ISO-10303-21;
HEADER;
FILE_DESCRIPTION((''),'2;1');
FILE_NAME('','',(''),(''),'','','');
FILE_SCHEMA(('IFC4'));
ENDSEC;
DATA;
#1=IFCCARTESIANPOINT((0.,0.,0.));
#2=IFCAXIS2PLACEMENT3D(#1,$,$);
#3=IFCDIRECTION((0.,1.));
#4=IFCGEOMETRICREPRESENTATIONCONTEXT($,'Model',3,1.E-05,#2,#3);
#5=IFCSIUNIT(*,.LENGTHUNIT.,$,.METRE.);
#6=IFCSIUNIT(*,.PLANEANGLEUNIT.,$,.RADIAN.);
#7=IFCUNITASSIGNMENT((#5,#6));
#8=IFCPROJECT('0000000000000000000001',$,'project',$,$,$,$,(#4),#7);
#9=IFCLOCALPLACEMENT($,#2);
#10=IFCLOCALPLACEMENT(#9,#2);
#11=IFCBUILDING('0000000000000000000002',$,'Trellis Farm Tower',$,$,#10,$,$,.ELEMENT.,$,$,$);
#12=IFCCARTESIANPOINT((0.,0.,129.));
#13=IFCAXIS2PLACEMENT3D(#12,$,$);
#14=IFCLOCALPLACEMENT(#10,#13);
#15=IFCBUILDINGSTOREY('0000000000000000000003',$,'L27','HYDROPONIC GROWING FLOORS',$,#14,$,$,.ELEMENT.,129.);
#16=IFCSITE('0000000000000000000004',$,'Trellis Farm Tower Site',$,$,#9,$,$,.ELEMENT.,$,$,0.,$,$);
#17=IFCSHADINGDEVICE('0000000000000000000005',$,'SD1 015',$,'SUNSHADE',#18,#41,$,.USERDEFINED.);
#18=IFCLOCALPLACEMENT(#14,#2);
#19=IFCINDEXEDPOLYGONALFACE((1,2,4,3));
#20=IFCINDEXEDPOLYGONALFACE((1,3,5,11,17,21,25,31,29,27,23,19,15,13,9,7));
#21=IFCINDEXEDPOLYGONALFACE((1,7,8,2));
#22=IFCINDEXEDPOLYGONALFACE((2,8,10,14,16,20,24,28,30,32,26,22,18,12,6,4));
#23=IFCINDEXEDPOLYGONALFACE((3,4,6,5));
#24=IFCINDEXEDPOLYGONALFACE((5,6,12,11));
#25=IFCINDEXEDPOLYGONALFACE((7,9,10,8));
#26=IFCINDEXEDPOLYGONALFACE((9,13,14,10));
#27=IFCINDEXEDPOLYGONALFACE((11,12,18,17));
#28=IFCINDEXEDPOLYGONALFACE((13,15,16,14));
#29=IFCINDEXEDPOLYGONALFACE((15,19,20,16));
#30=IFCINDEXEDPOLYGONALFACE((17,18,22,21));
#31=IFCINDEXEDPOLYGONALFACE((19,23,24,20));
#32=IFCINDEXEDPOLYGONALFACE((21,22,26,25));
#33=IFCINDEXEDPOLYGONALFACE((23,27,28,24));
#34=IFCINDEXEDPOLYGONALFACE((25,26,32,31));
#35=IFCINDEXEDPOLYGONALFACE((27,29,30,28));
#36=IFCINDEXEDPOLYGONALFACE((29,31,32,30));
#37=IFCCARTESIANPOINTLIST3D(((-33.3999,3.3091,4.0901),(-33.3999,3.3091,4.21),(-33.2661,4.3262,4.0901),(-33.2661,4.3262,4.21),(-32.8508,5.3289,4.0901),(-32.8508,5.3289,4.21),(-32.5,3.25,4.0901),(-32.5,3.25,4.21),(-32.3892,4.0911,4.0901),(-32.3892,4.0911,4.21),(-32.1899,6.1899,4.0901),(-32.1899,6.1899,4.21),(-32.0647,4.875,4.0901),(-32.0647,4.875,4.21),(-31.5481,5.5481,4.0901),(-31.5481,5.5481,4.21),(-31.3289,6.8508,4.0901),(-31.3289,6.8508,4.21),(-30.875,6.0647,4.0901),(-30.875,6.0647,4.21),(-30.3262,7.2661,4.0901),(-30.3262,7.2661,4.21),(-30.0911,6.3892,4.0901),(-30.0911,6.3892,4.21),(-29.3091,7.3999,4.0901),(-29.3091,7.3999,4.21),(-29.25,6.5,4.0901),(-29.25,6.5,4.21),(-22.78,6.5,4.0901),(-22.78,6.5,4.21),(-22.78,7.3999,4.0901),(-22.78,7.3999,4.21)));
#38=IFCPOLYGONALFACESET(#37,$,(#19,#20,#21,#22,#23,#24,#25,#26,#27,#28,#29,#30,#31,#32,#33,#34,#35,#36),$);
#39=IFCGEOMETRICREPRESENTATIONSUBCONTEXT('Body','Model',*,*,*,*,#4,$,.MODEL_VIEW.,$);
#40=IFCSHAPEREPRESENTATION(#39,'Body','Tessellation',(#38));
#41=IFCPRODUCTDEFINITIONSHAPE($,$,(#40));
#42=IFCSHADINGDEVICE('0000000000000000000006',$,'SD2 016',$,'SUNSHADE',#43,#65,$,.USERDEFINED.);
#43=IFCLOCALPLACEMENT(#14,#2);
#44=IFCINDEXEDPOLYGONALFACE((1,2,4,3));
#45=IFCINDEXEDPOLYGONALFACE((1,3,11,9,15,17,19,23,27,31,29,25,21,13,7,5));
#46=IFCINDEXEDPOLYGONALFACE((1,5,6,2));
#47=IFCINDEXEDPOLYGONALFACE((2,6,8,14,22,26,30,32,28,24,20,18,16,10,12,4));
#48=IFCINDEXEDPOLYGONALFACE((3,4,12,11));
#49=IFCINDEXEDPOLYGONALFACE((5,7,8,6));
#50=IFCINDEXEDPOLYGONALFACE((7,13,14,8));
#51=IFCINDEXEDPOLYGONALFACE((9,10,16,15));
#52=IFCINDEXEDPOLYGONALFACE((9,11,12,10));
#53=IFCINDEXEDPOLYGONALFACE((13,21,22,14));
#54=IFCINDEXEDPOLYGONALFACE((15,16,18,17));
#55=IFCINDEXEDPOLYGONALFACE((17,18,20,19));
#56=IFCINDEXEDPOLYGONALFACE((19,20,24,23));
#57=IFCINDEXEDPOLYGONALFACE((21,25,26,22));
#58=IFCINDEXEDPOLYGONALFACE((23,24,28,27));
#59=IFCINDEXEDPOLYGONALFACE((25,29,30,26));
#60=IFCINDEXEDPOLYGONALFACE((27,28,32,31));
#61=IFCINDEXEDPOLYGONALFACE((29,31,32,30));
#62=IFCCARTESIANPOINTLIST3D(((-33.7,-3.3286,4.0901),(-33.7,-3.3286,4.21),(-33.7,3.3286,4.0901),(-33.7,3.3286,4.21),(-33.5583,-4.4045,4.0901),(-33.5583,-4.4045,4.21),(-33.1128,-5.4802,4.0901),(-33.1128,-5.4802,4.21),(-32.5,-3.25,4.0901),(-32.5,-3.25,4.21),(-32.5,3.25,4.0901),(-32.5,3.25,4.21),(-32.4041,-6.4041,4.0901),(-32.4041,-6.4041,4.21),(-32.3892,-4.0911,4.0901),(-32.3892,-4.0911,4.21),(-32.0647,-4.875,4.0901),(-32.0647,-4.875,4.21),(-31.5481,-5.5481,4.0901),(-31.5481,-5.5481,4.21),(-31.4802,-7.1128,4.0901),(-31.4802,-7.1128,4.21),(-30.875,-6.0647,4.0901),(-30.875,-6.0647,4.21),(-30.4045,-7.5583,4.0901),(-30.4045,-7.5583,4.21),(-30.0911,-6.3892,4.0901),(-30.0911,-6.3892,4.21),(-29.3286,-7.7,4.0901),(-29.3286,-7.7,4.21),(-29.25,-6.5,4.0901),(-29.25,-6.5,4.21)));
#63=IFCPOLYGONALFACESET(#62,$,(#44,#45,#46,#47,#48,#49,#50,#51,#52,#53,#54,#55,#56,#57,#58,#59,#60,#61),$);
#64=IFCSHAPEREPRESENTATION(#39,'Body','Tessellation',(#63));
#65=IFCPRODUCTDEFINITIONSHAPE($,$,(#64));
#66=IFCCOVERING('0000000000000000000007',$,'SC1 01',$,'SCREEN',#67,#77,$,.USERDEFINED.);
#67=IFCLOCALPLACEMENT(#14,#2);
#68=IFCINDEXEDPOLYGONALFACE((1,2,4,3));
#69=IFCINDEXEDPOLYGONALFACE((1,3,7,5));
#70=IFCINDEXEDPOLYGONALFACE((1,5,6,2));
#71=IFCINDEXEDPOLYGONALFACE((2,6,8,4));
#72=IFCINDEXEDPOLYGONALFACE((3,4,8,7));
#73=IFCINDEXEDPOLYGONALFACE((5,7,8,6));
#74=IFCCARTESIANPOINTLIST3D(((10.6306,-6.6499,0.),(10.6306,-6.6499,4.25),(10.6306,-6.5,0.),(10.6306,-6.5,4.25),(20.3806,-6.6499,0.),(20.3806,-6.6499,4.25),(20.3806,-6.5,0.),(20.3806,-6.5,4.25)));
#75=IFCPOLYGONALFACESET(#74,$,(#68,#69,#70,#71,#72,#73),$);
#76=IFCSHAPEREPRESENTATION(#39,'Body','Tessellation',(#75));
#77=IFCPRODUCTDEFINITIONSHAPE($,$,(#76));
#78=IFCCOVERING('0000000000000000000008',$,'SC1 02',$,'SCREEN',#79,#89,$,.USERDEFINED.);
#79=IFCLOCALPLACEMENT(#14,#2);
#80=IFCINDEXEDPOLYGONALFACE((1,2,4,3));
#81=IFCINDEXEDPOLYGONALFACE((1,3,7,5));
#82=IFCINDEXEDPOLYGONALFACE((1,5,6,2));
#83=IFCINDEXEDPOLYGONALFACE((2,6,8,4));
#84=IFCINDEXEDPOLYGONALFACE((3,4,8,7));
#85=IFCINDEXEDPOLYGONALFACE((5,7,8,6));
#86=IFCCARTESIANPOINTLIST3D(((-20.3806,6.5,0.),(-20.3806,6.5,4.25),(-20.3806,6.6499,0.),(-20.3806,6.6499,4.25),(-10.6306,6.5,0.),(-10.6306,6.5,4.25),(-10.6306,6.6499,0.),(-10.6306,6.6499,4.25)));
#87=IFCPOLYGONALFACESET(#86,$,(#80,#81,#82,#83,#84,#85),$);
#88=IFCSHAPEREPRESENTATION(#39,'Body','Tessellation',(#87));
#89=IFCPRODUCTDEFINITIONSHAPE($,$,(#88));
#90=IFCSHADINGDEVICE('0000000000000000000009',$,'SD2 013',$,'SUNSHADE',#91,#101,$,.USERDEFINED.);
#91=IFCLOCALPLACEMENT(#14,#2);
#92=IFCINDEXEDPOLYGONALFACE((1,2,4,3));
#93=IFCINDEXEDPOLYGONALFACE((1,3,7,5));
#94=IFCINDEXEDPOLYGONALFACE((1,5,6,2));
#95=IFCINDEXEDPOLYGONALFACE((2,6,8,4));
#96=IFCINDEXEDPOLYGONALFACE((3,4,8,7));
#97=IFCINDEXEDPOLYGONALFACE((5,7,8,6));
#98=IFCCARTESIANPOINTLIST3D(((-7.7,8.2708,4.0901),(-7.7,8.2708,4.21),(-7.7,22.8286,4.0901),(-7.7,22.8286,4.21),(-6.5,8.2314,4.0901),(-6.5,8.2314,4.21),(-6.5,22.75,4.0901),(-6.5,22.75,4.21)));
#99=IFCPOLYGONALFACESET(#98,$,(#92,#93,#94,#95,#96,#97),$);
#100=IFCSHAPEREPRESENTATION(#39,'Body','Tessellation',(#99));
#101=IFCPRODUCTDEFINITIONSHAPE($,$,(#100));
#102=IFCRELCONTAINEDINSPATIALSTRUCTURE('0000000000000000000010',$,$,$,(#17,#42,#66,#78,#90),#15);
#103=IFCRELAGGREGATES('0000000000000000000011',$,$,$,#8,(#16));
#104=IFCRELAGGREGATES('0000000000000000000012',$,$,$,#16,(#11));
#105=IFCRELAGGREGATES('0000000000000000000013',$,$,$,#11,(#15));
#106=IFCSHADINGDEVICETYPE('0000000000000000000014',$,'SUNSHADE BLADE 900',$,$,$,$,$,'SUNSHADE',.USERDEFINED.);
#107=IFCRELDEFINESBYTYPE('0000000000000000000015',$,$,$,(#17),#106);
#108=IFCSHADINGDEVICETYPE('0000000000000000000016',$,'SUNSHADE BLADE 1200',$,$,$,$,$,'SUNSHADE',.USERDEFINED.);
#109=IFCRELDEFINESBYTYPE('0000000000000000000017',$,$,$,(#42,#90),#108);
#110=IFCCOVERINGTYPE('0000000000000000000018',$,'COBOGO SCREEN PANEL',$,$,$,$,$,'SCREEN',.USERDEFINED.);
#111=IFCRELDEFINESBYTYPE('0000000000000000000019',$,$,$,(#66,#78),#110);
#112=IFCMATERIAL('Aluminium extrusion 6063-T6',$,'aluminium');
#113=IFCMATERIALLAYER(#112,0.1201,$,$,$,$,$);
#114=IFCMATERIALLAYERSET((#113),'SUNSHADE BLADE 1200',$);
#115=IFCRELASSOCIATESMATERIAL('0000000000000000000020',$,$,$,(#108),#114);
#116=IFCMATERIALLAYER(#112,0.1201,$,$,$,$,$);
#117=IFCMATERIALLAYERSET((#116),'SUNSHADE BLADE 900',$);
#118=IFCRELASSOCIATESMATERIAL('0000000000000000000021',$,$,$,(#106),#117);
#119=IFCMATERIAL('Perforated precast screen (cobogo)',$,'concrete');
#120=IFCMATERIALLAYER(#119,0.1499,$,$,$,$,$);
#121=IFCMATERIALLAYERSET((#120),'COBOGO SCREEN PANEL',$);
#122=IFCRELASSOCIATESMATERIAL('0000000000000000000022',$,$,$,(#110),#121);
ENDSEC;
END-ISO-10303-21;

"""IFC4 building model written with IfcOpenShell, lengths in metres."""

from ifc_helpers import new_model, si_unit, direction, frame, origin, place, context, subcontext, project, spatial, polyline, outline, extrude, source, transform, mapped, material, layer, layer_set, type_object, element, save


model = new_model("IFC4")

# Units and contexts
model_context = context("Model", 3, precision=1e-05, world=origin(), true_north=direction((0.0, 1.0)))
body_context = subcontext(model_context, "Body", "Model", "MODEL_VIEW")
ifc_project = project(units=[si_unit("LENGTHUNIT", "METRE"), si_unit("PLANEANGLEUNIT", "RADIAN")], contexts=[model_context])

# Site, building, storey
site_placement = place(None, origin())
site = spatial("IfcSite", under=ifc_project, at=site_placement, Name="Trellis Farm Tower Site", CompositionType="ELEMENT", RefElevation=0.0)
building_placement = place(site_placement, origin())
building = spatial("IfcBuilding", under=site, at=building_placement, Name="Trellis Farm Tower", CompositionType="ELEMENT")
storey_placement = place(building_placement, frame((0.0, 0.0, 129.0)))
storey = spatial("IfcBuildingStorey", under=building, at=storey_placement, Name="L27", Description="HYDROPONIC GROWING FLOORS", CompositionType="ELEMENT", Elevation=129.0)

# Shared definitions
placement_1 = place(storey_placement, origin())
ifc_material_1 = material(Name="Aluminium extrusion 6063-T6", Category="aluminium")

# Shading devices
ifc_layer_1 = layer(ifc_material_1, 0.1201)
ifc_layer_set_1 = layer_set([ifc_layer_1], Name="SUNSHADE BLADE 1200")
shading_device_type_1 = type_object("IfcShadingDeviceType", Name="SUNSHADE BLADE 1200", ElementType="SUNSHADE", PredefinedType="USERDEFINED", material=ifc_layer_set_1)
placement_2 = place(storey_placement, frame((0.0, 0.0, 4.0901)))
ifc_layer_2 = layer(ifc_material_1, 0.1201)
ifc_layer_set_2 = layer_set([ifc_layer_2], Name="SUNSHADE BLADE 900")
shading_device_type_2 = type_object("IfcShadingDeviceType", Name="SUNSHADE BLADE 900", ElementType="SUNSHADE", PredefinedType="USERDEFINED", material=ifc_layer_set_2)
shared_shape_1 = source(origin(), body_context, "Body", "SweptSolid", [
    extrude(outline(polyline([(-22.78, 7.3999), (-29.3091, 7.3999), (-30.3262, 7.2661), (-31.3289, 6.8508), (-32.1899, 6.1899), (-32.8508, 5.3289), (-33.2661, 4.3262), (-33.3999, 3.3091), (-32.5, 3.25), (-32.3892, 4.0911), (-32.0647, 4.875), (-31.5481, 5.5481), (-30.875, 6.0647), (-30.0911, 6.3892), (-29.25, 6.5), (-22.78, 6.5), (-22.78, 7.3999)])), origin(), (0.0, 0.0, 1.0), 0.1199),
])
element("IfcShadingDevice", 1, at=placement_2, inside=storey, type_object=shading_device_type_2, Name="SD1 015", ObjectType="SUNSHADE", PredefinedType="USERDEFINED", context=body_context, shape_type="MappedRepresentation", body=[
    mapped(shared_shape_1, transform((0.0, 0.0, 0.0))),
])
shared_shape_2 = source(origin(), body_context, "Body", "SweptSolid", [
    extrude(outline(polyline([(-33.7, 3.3286), (-33.7, -3.3286), (-33.5583, -4.4045), (-33.1128, -5.4802), (-32.4041, -6.4041), (-31.4802, -7.1128), (-30.4045, -7.5583), (-29.3286, -7.7), (-29.25, -6.5), (-30.0911, -6.3892), (-30.875, -6.0647), (-31.5481, -5.5481), (-32.0647, -4.875), (-32.3892, -4.0911), (-32.5, -3.25), (-32.5, 3.25), (-33.7, 3.3286)])), origin(), (0.0, 0.0, 1.0), 0.1199),
])
element("IfcShadingDevice", 2, at=placement_2, inside=storey, type_object=shading_device_type_1, Name="SD2 016", ObjectType="SUNSHADE", PredefinedType="USERDEFINED", context=body_context, shape_type="MappedRepresentation", body=[
    mapped(shared_shape_2, transform((0.0, 0.0, 0.0))),
])

# Coverings
ifc_material_2 = material(Name="Perforated precast screen (cobogo)", Category="concrete")
ifc_layer_3 = layer(ifc_material_2, 0.1499)
ifc_layer_set_3 = layer_set([ifc_layer_3], Name="COBOGO SCREEN PANEL")
covering_type = type_object("IfcCoveringType", Name="COBOGO SCREEN PANEL", ElementType="SCREEN", PredefinedType="USERDEFINED", material=ifc_layer_set_3)
shared_shape_3 = source(origin(), body_context, "Body", "SweptSolid", [
    extrude(outline(polyline([(10.6306, -6.6499), (20.3806, -6.6499), (20.3806, -6.5), (10.6306, -6.5), (10.6306, -6.6499)])), origin(), (0.0, 0.0, 1.0), 4.25),
])
element("IfcCovering", 3, at=placement_1, inside=storey, type_object=covering_type, Name="SC1 01", ObjectType="SCREEN", PredefinedType="USERDEFINED", context=body_context, shape_type="MappedRepresentation", body=[
    mapped(shared_shape_3, transform((0.0, 0.0, 0.0))),
])
shared_shape_4 = source(origin(), body_context, "Body", "SweptSolid", [
    extrude(outline(polyline([(-10.6306, 6.6499), (-20.3806, 6.6499), (-20.3806, 6.5), (-10.6306, 6.5), (-10.6306, 6.6499)])), origin(), (0.0, 0.0, 1.0), 4.25),
])
element("IfcCovering", 4, at=placement_1, inside=storey, type_object=covering_type, Name="SC1 02", ObjectType="SCREEN", PredefinedType="USERDEFINED", context=body_context, shape_type="MappedRepresentation", body=[
    mapped(shared_shape_4, transform((0.0, 0.0, 0.0))),
])

# Shading device
shared_shape_5 = source(origin(), body_context, "Body", "SweptSolid", [
    extrude(outline(polyline([(-7.7, 22.8286), (-7.7, 8.2708), (-6.5, 8.2314), (-6.5, 22.75), (-7.7, 22.8286)])), origin(), (0.0, 0.0, 1.0), 0.1199),
])
element("IfcShadingDevice", 5, at=placement_2, inside=storey, type_object=shading_device_type_1, Name="SD2 013", ObjectType="SUNSHADE", PredefinedType="USERDEFINED", context=body_context, shape_type="MappedRepresentation", body=[
    mapped(shared_shape_5, transform((0.0, 0.0, 0.0))),
])

save(model, "model.ifc")
